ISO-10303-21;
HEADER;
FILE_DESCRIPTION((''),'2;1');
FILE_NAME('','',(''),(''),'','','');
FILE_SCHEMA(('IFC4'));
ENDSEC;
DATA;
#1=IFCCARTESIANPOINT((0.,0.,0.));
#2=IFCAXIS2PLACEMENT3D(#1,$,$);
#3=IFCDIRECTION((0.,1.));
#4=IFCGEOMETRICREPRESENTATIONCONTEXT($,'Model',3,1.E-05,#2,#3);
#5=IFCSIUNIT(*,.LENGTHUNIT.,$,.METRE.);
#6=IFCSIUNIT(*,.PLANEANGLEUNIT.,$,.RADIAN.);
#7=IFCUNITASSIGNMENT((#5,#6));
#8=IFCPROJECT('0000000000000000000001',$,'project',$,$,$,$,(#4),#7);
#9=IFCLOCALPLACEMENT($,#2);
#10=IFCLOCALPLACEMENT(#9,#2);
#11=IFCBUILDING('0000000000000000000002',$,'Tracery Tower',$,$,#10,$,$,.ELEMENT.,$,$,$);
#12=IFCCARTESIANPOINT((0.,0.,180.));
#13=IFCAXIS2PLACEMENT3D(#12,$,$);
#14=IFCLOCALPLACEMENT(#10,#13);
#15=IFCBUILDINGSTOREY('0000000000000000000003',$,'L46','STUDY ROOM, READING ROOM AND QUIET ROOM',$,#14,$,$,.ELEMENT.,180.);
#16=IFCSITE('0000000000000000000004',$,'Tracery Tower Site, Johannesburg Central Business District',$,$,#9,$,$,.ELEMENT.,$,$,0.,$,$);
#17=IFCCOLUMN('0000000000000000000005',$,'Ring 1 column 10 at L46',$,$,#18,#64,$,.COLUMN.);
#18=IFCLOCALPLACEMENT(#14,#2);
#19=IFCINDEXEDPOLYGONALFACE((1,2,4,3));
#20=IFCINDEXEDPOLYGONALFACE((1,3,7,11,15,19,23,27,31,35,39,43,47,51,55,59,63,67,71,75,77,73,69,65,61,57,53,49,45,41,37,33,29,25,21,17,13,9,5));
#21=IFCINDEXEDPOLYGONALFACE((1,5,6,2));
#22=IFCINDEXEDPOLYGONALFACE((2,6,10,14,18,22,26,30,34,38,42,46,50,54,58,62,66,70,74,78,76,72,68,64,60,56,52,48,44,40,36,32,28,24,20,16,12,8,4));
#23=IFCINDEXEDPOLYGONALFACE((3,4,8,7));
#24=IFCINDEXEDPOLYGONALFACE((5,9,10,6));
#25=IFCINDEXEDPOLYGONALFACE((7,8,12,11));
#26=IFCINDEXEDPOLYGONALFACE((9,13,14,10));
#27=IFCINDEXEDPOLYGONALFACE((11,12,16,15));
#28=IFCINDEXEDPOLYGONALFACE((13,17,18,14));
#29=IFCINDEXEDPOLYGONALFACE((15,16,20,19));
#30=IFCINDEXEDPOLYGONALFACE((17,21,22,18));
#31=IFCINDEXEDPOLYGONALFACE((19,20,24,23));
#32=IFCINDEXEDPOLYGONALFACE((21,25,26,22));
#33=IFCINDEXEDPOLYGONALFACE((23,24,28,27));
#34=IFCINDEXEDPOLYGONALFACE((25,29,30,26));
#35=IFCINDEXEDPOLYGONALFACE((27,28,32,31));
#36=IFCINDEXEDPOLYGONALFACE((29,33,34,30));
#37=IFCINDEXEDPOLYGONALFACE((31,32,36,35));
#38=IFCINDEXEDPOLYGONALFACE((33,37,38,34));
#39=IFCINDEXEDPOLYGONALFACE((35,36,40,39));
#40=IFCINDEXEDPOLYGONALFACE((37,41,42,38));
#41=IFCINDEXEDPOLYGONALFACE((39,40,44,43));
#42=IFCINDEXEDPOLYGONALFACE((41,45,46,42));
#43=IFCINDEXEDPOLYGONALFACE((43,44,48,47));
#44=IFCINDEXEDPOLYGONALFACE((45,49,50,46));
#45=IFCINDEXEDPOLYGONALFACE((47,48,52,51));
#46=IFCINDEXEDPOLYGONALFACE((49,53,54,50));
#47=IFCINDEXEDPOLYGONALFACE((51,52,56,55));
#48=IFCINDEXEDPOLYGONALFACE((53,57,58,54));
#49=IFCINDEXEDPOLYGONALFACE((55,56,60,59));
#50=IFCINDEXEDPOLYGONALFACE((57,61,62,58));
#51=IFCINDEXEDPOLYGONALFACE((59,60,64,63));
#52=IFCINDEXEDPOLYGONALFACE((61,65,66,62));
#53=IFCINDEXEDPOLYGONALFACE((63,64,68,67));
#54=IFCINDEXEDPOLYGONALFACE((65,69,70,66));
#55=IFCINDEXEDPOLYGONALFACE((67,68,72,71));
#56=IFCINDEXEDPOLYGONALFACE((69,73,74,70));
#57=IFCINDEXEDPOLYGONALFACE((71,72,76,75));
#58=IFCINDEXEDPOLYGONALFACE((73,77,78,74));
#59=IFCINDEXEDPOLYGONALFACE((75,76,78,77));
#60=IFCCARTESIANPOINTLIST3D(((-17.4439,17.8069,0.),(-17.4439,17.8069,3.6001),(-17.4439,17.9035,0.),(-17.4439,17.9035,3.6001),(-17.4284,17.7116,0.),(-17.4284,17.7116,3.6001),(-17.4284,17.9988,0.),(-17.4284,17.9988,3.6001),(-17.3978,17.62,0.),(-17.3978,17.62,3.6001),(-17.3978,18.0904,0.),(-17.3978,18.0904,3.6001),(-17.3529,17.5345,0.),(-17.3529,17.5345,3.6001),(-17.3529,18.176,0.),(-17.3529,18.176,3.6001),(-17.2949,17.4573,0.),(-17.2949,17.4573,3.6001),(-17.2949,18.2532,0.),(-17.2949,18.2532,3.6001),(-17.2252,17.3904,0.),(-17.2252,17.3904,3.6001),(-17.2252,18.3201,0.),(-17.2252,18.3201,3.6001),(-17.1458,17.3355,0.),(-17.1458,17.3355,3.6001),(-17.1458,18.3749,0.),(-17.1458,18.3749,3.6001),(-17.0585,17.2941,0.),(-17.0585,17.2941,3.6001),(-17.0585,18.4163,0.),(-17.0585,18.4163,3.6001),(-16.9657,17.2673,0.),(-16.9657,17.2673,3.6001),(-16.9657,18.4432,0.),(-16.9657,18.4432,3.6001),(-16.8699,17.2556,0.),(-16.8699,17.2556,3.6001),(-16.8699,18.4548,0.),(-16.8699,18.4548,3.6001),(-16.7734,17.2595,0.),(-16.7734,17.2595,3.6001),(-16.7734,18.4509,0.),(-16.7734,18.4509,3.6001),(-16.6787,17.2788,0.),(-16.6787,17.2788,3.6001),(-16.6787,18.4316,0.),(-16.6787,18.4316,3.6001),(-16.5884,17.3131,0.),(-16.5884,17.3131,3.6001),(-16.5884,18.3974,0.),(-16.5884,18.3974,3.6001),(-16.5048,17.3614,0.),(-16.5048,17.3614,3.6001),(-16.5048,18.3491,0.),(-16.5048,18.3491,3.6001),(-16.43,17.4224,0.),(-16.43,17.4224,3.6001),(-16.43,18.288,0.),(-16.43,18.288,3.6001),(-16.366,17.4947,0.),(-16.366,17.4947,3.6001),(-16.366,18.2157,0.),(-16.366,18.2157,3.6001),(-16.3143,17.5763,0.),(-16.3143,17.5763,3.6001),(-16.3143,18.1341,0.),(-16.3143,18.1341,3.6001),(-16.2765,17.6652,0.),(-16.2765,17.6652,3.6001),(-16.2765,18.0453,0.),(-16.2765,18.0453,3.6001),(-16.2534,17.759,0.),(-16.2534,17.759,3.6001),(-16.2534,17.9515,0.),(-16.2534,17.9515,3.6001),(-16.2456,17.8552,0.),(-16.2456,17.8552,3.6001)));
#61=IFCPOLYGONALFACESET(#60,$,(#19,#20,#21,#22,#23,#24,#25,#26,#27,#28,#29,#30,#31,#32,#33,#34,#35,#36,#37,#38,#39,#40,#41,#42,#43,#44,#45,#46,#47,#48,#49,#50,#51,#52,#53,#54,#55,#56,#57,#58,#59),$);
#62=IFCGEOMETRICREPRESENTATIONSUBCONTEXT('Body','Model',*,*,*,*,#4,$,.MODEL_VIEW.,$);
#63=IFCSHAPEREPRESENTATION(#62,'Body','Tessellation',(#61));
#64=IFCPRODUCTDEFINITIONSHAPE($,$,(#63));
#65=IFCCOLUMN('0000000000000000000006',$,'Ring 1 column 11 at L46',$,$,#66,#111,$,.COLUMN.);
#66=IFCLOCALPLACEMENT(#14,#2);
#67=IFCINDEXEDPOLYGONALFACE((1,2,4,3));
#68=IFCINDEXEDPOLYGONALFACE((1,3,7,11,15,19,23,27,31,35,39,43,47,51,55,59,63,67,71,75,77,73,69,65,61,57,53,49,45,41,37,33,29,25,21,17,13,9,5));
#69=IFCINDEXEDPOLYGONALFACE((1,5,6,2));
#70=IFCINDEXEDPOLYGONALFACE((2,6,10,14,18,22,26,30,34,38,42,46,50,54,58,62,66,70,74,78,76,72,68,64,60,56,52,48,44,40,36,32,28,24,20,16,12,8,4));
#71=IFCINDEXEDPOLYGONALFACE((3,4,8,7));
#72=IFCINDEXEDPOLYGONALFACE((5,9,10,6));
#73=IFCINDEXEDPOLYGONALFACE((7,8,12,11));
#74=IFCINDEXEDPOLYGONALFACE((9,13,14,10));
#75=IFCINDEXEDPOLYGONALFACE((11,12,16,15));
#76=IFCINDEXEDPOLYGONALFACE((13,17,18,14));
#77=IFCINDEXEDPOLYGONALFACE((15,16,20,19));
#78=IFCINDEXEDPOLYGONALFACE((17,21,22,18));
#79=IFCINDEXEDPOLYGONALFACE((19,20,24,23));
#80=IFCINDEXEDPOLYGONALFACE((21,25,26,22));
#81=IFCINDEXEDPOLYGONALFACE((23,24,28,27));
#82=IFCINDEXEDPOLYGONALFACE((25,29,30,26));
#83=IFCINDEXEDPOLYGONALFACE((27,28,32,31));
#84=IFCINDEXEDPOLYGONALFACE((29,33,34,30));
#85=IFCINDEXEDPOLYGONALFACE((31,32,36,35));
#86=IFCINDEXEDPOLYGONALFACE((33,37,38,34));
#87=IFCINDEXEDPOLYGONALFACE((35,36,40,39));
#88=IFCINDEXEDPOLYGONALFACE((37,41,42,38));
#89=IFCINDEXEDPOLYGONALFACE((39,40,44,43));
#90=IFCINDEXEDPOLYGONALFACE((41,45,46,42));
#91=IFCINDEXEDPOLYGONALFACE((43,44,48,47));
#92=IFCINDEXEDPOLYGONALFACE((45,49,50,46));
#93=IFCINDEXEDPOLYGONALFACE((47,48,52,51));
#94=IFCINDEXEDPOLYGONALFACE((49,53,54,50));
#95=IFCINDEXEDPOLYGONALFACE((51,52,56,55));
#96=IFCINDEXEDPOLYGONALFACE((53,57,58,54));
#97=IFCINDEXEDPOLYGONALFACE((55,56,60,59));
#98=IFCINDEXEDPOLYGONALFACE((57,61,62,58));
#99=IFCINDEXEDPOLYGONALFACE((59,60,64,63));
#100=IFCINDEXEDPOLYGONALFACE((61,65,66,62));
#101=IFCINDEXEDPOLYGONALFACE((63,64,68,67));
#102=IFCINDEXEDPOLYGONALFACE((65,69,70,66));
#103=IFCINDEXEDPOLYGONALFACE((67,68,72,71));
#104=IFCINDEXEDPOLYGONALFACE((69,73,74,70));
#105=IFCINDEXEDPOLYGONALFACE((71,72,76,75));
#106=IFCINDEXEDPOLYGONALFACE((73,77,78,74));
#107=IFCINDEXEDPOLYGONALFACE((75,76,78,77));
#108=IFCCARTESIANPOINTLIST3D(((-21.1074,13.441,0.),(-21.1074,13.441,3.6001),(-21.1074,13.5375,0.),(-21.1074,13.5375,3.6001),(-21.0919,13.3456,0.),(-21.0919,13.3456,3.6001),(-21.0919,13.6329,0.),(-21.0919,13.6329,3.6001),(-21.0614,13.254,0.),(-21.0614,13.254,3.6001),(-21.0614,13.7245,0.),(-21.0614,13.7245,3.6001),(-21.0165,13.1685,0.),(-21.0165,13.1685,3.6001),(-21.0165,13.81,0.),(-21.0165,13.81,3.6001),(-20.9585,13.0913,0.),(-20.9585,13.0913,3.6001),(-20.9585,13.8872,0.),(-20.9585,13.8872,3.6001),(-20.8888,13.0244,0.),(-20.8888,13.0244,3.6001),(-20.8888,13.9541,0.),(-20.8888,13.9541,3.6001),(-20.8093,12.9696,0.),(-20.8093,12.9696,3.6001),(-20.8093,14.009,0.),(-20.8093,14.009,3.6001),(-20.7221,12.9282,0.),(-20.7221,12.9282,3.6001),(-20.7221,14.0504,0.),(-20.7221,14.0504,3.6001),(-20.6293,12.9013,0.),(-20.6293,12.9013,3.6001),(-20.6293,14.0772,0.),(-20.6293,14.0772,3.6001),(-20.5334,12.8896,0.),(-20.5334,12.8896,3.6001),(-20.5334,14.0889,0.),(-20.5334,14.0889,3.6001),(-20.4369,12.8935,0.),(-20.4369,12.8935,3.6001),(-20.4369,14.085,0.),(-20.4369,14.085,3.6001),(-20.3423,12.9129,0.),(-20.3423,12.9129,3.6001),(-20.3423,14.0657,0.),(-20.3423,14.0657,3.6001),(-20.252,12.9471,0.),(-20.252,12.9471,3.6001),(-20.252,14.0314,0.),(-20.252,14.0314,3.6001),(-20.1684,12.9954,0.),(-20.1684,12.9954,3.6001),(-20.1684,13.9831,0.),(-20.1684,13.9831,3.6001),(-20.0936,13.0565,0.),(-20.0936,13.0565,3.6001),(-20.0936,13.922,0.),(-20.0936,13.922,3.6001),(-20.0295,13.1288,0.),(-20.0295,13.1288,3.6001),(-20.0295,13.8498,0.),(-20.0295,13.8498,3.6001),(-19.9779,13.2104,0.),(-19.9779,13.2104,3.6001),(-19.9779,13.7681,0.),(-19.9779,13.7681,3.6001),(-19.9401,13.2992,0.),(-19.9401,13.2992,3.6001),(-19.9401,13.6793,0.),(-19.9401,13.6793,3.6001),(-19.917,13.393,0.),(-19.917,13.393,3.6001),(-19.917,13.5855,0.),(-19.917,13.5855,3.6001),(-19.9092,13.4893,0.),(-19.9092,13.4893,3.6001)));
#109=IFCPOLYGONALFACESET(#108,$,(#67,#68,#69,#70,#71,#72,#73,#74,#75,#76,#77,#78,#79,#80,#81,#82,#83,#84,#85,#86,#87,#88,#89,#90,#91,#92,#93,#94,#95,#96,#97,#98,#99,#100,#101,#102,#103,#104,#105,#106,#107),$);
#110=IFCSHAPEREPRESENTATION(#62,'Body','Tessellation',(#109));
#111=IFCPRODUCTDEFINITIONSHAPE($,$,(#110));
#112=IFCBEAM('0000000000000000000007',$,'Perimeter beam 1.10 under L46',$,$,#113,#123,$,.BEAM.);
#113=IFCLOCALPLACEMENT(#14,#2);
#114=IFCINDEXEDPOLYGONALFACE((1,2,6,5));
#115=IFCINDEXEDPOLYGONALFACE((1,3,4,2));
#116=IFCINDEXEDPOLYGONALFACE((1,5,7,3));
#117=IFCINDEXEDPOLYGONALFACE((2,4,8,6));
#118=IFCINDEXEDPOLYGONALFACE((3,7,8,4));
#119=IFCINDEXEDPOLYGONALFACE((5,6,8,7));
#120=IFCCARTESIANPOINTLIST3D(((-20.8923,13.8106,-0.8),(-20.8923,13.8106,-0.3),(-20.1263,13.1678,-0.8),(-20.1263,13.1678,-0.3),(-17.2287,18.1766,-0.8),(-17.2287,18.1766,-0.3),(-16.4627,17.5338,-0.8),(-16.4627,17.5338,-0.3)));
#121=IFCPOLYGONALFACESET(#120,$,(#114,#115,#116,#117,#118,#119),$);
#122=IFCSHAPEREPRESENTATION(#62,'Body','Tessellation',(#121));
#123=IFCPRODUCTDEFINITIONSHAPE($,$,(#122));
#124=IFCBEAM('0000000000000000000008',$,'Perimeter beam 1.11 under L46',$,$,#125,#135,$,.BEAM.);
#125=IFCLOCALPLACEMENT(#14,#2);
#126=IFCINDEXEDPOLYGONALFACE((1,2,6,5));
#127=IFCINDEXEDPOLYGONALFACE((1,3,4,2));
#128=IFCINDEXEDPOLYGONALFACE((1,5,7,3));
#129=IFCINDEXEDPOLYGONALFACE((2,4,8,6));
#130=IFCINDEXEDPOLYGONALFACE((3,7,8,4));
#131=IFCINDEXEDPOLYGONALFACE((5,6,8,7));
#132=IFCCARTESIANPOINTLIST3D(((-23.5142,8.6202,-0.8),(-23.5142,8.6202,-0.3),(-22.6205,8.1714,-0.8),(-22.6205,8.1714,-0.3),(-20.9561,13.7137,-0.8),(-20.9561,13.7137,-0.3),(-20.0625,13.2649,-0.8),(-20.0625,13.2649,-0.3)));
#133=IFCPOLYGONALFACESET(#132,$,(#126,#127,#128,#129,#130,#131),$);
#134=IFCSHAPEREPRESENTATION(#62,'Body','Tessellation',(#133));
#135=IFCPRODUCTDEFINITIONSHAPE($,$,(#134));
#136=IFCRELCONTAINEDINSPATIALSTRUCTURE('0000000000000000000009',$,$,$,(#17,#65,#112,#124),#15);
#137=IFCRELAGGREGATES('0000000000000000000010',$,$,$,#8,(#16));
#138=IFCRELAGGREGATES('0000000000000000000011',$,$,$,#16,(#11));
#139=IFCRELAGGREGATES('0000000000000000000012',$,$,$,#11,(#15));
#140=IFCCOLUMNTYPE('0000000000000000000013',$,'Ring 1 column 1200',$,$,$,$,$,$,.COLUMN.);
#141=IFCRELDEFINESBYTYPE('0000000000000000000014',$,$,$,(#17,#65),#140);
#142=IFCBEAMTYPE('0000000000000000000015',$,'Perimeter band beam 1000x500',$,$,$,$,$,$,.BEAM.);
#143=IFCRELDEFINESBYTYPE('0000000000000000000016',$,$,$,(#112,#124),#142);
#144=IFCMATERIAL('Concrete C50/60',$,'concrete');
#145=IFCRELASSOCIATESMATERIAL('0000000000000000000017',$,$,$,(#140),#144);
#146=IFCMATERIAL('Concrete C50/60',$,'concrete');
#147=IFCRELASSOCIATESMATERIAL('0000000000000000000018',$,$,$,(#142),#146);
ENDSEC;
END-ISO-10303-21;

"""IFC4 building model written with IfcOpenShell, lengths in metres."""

from ifc_helpers import new_model, si_unit, direction, frame, origin, origin_2d, place, context, subcontext, project, spatial, rectangle, circle, extrude, material, material_profile, profile_set, type_object, element, save


model = new_model("IFC4")

# Units and contexts
model_context = context("Model", 3, precision=1e-05, world=origin(), true_north=direction((0.0, 1.0)))
body_context = subcontext(model_context, "Body", "Model", "MODEL_VIEW")
ifc_project = project(units=[si_unit("LENGTHUNIT", "METRE"), si_unit("PLANEANGLEUNIT", "RADIAN")], contexts=[model_context])

# Site, building, storey
site_placement = place(None, origin())
site = spatial("IfcSite", under=ifc_project, at=site_placement, Name="Tracery Tower Site, Johannesburg Central Business District", CompositionType="ELEMENT", RefElevation=0.0)
building_placement = place(site_placement, origin())
building = spatial("IfcBuilding", under=site, at=building_placement, Name="Tracery Tower", CompositionType="ELEMENT")
storey_placement = place(building_placement, frame((0.0, 0.0, 180.0)))
storey = spatial("IfcBuildingStorey", under=building, at=storey_placement, Name="L46", Description="STUDY ROOM, READING ROOM AND QUIET ROOM", CompositionType="ELEMENT", Elevation=180.0)

# Columns
ifc_material_1 = material(Name="Concrete C50/60", Category="concrete")
ifc_material_profile_1 = material_profile(ifc_material_1, circle(Radius=0.6001, at=origin_2d()), Name="RC D1200")
ifc_profile_set_1 = profile_set([ifc_material_profile_1], Name="Concrete C50/60")
column_type = type_object("IfcColumnType", Name="Ring 1 column 1200", PredefinedType="COLUMN", material=ifc_profile_set_1)
for number, where, z_axis, x_axis, name in (
    (1, (-16.8457, 17.8552, 0.0), (0.0, 0.0, 1.0), (1.0, 0.0, 0.0), "Ring 1 column 10 at L46"),
    (2, (-20.5093, 13.4893, 0.0), (0.0, 0.0, 1.0), (1.0, 0.0, 0.0), "Ring 1 column 11 at L46"),
):
    element("IfcColumn", number, at=place(storey_placement, frame(where, z_axis=z_axis, x_axis=x_axis)), inside=storey, type_object=column_type, Name=name, PredefinedType="COLUMN", context=body_context, shape_type="SweptSolid", body=[
        extrude(circle(Radius=0.6001, at=origin_2d()), origin(), (0.0, 0.0, 1.0), 3.6001),
    ])

# Beams
ifc_material_2 = material(Name="Concrete C50/60", Category="concrete")
ifc_material_profile_2 = material_profile(ifc_material_2, rectangle(XDim=1.0, YDim=0.5, at=origin_2d()), Name="RC 1000x500")
ifc_profile_set_2 = profile_set([ifc_material_profile_2], Name="Concrete C50/60")
beam_type = type_object("IfcBeamType", Name="Perimeter band beam 1000x500", PredefinedType="BEAM", material=ifc_profile_set_2)
beam_1_placement = place(storey_placement, frame((-16.8457, 17.8552, -0.55), z_axis=(-0.642797, -0.766036, 0.0), x_axis=(0.766036, -0.642797, 0.0)))
element("IfcBeam", 3, at=beam_1_placement, inside=storey, type_object=beam_type, Name="Perimeter beam 1.10 under L46", PredefinedType="BEAM", context=body_context, shape_type="SweptSolid", body=[
    extrude(rectangle(XDim=1.0, YDim=0.5, at=origin_2d()), origin(), (0.0, 0.0, 1.0), 5.6995),
])
beam_2_placement = place(storey_placement, frame((-20.5093, 13.4893, -0.55), z_axis=(-0.448806, -0.893629, 0.0), x_axis=(0.893629, -0.448806, 0.0)))
element("IfcBeam", 4, at=beam_2_placement, inside=storey, type_object=beam_type, Name="Perimeter beam 1.11 under L46", PredefinedType="BEAM", context=body_context, shape_type="SweptSolid", body=[
    extrude(rectangle(XDim=1.0, YDim=0.5, at=origin_2d()), origin(), (0.0, 0.0, 1.0), 5.6997),
])

save(model, "model.ifc")
